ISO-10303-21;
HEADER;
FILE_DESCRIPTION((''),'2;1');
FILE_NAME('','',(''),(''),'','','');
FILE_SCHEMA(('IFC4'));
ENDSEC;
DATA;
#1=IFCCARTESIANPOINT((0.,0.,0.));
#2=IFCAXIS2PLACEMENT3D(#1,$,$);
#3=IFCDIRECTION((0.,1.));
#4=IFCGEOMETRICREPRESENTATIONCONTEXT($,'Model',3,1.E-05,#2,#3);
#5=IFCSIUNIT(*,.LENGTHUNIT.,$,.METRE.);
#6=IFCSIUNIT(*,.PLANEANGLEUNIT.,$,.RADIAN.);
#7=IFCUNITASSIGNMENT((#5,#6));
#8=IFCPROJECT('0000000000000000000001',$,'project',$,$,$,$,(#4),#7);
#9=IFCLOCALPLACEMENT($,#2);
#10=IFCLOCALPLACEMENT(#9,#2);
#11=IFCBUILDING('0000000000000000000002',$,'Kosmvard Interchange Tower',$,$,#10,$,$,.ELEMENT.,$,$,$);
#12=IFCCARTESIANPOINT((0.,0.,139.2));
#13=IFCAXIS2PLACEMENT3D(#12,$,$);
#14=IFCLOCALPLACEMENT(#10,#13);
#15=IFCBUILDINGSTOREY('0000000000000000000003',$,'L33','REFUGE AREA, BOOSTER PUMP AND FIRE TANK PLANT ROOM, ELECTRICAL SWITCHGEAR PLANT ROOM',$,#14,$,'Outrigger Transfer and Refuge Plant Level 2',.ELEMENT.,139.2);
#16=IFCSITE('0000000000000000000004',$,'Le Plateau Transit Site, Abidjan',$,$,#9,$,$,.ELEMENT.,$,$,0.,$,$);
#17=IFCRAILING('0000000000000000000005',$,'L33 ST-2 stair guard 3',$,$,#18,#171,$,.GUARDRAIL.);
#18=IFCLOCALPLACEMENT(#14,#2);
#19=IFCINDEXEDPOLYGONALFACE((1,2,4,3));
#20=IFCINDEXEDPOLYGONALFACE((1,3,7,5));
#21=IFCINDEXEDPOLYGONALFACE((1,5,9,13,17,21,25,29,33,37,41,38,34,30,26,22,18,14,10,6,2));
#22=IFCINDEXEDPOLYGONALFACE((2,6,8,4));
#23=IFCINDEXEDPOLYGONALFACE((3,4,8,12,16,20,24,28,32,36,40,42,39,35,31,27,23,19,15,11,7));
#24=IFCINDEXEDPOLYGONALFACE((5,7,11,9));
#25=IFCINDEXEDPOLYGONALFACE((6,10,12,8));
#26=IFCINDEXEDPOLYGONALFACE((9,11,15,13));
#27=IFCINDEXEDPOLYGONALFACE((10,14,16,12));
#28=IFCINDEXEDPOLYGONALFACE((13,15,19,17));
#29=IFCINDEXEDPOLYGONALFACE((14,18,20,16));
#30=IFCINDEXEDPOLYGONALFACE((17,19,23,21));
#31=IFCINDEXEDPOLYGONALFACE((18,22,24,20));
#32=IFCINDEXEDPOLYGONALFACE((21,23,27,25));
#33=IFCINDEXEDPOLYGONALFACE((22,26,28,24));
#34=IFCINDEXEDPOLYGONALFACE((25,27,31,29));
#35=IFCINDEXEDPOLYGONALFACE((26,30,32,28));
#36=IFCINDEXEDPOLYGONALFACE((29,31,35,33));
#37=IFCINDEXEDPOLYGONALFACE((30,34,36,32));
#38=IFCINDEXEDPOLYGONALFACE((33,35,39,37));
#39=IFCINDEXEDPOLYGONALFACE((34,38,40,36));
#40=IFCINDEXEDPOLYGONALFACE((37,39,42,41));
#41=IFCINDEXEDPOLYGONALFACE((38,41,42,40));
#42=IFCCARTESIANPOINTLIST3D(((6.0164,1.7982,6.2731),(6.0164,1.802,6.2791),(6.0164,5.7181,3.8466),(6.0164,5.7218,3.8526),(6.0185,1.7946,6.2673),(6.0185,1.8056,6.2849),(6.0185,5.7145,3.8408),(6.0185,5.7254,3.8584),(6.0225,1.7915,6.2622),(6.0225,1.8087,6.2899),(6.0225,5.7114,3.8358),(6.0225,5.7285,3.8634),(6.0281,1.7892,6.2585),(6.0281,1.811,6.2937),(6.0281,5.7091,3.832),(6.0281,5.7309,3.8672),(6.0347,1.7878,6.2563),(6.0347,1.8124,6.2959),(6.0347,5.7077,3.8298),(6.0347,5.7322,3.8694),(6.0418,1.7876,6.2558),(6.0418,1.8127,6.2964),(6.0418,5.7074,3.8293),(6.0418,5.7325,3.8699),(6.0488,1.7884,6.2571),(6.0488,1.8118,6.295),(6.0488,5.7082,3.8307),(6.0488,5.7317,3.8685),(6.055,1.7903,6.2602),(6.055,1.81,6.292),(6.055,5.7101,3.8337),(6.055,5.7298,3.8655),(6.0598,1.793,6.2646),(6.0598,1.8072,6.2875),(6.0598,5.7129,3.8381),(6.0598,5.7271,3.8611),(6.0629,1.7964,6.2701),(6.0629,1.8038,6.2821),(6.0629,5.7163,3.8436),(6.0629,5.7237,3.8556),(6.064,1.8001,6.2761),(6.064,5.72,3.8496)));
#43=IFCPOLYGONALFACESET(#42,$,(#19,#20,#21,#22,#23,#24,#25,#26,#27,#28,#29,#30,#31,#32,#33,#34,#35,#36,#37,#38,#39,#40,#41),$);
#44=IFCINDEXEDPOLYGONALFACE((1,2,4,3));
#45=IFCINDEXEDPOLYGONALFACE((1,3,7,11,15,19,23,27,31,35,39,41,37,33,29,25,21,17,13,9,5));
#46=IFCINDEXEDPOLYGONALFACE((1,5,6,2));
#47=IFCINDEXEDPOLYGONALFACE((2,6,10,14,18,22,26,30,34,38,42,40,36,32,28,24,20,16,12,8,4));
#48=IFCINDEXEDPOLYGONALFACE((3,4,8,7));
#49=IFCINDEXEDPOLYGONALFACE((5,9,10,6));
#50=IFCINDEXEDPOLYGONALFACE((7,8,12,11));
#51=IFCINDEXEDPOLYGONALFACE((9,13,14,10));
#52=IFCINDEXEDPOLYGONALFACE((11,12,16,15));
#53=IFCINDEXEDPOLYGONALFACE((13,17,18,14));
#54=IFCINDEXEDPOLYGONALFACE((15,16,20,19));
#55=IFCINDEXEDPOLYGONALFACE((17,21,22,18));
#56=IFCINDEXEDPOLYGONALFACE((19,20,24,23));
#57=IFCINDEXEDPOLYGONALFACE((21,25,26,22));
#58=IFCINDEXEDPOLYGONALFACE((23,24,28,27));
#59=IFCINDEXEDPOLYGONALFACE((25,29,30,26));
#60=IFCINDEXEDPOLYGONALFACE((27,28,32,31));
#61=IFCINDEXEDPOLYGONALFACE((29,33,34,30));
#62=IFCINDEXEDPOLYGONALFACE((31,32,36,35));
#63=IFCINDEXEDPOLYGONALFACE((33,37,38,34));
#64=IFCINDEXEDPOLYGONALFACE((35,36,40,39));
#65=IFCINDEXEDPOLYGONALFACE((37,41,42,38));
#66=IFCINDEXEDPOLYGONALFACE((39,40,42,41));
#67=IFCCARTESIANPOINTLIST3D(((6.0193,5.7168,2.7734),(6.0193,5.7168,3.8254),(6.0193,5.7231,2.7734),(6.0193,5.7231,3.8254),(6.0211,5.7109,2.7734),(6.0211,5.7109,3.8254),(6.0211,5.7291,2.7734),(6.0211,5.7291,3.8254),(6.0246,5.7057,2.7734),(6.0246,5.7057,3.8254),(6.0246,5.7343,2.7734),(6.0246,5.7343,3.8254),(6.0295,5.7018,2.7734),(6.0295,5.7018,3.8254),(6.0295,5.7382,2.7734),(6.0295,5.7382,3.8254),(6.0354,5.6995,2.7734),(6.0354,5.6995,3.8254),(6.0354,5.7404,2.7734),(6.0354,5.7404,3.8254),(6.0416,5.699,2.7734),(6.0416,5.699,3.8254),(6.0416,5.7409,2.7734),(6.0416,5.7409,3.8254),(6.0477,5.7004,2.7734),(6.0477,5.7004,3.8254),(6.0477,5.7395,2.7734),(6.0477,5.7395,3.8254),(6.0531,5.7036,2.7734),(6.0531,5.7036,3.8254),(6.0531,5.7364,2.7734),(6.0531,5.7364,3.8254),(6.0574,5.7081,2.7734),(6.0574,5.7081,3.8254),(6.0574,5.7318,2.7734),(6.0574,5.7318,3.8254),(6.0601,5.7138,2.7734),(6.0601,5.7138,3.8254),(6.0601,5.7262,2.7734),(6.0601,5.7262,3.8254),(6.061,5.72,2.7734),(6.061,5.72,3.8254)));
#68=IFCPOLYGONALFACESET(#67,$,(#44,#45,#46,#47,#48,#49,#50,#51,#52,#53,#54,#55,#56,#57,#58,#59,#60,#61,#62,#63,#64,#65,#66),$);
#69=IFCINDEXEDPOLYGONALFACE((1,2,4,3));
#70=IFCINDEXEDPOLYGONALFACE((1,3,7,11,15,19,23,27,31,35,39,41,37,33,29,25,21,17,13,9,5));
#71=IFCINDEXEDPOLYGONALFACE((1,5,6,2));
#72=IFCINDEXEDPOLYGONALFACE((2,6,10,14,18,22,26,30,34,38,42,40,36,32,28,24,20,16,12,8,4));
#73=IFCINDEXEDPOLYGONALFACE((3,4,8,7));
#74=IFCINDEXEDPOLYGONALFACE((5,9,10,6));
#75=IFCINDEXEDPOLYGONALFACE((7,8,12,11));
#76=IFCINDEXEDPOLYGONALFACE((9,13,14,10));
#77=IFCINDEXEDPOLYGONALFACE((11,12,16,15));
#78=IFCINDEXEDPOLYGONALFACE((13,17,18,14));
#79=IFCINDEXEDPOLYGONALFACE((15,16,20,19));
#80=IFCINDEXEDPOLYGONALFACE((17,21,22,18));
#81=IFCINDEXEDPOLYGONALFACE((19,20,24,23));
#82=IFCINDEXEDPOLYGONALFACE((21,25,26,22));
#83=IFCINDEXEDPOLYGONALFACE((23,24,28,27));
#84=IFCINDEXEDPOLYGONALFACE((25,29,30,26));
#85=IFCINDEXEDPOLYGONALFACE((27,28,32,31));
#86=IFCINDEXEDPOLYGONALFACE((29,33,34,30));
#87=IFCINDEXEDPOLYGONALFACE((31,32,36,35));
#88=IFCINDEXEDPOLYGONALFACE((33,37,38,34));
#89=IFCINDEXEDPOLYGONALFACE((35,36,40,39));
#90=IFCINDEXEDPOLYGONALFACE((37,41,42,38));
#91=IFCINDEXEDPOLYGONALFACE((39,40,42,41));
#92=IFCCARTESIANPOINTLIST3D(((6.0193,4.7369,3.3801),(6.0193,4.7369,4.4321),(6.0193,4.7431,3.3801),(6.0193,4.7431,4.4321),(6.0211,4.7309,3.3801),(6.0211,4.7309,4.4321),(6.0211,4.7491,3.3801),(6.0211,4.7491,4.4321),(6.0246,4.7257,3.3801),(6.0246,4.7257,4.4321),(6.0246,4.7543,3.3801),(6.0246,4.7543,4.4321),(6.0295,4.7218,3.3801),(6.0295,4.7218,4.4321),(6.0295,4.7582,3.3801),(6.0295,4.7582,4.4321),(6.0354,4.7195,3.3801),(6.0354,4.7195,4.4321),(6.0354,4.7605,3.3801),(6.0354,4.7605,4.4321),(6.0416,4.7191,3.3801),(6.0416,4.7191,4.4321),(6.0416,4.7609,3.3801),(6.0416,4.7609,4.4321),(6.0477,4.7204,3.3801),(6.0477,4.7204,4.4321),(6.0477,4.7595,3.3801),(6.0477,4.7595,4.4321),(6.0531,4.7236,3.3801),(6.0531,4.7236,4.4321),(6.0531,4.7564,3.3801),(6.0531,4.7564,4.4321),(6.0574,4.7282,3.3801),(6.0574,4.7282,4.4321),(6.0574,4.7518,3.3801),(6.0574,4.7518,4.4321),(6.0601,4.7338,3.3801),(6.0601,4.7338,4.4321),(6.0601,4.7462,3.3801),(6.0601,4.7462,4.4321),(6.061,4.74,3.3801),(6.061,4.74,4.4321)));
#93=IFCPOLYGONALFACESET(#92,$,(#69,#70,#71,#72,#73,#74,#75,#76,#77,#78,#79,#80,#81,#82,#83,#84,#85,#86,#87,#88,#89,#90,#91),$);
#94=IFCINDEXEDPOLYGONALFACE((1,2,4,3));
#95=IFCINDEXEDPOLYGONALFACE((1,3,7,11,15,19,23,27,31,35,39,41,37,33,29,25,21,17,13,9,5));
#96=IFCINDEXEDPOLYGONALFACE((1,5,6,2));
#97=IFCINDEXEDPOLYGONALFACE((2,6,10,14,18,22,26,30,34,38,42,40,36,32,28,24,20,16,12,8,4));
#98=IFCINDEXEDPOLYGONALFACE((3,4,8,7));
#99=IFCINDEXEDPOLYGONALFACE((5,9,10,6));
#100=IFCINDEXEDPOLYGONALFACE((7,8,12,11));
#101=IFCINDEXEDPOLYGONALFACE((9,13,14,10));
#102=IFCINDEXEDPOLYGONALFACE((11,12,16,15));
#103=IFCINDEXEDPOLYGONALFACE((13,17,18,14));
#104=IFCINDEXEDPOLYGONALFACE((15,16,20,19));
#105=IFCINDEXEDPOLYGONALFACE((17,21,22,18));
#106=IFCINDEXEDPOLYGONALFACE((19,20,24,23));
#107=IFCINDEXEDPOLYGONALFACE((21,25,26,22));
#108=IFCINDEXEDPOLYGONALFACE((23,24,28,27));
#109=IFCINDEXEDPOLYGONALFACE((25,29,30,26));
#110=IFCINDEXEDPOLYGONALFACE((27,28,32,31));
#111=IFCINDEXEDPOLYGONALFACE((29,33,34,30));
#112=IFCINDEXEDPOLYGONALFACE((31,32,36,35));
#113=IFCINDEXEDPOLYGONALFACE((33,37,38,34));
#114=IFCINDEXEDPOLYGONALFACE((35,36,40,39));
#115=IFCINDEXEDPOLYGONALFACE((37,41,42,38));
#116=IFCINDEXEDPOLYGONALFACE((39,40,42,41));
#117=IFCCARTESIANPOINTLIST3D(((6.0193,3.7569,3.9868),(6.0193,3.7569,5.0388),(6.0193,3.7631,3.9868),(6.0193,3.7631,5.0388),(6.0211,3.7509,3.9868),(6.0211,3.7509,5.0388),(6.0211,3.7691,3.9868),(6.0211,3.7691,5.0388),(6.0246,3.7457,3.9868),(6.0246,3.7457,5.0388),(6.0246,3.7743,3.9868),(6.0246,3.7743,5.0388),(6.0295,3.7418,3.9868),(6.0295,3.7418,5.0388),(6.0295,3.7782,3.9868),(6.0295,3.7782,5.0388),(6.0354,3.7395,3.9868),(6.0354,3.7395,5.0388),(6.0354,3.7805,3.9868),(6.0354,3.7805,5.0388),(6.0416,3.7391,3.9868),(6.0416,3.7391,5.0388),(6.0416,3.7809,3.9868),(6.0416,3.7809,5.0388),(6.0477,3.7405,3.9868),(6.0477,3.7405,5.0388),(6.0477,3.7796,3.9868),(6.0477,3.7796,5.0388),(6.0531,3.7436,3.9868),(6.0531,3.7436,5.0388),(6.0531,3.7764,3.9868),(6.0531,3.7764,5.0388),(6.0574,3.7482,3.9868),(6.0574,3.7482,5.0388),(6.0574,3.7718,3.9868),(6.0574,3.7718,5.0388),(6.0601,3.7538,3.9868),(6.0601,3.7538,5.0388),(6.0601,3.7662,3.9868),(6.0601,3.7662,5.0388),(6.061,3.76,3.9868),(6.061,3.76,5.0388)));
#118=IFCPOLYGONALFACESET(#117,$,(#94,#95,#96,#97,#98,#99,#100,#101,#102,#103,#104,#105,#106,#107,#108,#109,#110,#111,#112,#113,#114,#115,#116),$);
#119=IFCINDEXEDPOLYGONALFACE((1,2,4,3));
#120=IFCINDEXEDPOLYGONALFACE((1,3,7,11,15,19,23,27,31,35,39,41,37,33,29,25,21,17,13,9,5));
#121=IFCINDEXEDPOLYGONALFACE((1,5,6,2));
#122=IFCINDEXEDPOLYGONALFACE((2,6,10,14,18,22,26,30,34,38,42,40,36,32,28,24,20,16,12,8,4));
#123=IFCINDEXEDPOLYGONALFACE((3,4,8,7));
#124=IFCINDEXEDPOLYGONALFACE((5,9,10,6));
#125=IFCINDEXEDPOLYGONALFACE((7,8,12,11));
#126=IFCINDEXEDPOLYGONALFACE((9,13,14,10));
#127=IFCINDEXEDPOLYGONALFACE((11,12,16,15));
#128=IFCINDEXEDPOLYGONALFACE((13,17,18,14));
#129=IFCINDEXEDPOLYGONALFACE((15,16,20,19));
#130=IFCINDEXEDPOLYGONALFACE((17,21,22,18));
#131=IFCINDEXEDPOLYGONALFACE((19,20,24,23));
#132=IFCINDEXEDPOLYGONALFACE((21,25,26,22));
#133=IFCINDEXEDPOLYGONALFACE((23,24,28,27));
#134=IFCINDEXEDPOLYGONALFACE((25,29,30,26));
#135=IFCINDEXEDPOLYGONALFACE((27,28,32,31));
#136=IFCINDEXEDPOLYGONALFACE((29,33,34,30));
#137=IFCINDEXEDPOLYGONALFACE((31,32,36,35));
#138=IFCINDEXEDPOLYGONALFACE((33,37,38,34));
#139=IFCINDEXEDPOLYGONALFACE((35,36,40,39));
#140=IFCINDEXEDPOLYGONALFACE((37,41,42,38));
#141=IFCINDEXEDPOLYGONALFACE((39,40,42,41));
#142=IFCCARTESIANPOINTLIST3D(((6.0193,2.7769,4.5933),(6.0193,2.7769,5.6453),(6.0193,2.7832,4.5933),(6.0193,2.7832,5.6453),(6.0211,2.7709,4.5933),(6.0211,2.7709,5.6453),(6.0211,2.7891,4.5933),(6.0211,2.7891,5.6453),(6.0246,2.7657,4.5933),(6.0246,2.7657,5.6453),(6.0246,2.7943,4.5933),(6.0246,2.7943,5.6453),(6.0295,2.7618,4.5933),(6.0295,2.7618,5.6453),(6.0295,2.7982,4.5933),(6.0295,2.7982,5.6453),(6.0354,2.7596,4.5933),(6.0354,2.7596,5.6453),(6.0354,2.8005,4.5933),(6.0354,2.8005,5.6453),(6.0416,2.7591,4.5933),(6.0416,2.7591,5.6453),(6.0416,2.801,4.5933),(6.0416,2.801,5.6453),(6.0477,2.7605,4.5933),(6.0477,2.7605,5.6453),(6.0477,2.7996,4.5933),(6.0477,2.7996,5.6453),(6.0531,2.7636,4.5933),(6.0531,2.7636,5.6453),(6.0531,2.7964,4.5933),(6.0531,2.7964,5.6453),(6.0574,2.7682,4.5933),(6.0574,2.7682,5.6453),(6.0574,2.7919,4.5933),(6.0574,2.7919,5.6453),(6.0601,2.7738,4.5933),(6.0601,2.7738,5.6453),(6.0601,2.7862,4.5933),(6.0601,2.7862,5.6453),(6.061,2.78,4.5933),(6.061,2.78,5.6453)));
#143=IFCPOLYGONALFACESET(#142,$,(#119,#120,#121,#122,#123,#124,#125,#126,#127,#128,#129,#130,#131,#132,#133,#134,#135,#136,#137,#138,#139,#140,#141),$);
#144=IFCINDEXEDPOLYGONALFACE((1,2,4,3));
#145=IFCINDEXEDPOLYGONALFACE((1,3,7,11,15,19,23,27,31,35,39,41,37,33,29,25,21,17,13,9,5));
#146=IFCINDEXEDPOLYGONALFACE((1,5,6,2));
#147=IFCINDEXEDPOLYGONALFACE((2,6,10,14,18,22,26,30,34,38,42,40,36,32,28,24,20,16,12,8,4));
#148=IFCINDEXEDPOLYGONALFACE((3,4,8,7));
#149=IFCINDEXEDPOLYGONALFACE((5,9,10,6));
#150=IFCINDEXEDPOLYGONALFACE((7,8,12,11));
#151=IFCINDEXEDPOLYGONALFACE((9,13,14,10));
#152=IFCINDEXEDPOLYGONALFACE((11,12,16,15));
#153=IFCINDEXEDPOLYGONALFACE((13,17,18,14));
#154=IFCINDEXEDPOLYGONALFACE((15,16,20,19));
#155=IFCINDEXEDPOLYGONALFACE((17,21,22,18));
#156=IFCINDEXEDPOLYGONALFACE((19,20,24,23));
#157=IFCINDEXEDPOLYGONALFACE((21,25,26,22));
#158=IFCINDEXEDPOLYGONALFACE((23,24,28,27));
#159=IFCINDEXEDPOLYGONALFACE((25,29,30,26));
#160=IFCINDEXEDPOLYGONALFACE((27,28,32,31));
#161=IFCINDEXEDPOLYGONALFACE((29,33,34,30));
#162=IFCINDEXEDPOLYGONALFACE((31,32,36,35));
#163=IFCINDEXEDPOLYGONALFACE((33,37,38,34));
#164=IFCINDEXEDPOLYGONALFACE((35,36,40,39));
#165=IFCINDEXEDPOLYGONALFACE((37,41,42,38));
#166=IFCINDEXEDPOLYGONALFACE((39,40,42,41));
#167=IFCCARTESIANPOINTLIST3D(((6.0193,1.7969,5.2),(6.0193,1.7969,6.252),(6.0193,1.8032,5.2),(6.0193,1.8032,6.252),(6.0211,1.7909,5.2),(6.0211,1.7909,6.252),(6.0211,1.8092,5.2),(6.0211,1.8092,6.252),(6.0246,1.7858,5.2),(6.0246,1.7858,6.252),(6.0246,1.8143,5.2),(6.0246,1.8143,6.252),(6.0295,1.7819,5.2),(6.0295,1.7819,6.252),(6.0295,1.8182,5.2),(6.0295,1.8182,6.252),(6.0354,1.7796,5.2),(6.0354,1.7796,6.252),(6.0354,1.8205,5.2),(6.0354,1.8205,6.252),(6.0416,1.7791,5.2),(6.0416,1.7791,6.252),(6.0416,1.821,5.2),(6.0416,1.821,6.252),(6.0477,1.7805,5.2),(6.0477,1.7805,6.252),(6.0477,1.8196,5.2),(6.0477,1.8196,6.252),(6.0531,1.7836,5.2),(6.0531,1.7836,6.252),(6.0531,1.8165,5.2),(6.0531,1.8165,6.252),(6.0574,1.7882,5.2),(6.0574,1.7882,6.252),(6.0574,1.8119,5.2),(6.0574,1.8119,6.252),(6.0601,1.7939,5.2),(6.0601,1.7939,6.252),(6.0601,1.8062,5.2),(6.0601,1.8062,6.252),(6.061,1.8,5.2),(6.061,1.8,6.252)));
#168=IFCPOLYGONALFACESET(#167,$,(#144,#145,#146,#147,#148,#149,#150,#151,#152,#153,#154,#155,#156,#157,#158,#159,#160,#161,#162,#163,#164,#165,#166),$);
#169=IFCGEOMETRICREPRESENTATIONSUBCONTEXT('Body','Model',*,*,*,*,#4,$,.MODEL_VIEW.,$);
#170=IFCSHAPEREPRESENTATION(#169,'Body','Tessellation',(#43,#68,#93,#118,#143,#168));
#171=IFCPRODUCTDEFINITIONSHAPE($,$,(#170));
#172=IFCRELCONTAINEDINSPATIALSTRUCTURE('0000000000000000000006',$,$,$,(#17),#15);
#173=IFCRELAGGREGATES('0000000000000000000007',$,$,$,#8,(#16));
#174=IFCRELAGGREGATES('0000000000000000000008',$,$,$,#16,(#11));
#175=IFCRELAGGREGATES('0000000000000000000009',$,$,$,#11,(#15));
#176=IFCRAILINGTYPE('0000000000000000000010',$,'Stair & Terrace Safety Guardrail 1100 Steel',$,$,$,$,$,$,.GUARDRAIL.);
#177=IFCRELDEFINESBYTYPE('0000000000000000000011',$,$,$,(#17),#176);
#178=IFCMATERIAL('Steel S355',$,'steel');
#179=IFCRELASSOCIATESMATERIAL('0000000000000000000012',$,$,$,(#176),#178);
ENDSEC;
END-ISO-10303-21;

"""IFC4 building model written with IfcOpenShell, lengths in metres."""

from ifc_helpers import new_model, si_unit, direction, frame, origin, origin_2d, place, context, subcontext, project, spatial, circle, extrude, source, transform, mapped, material, type_object, element, save


model = new_model("IFC4")

# Units and contexts
model_context = context("Model", 3, precision=1e-05, world=origin(), true_north=direction((0.0, 1.0)))
body_context = subcontext(model_context, "Body", "Model", "MODEL_VIEW")
ifc_project = project(units=[si_unit("LENGTHUNIT", "METRE"), si_unit("PLANEANGLEUNIT", "RADIAN")], contexts=[model_context])

# Site, building, storey
site_placement = place(None, origin())
site = spatial("IfcSite", under=ifc_project, at=site_placement, Name="Le Plateau Transit Site, Abidjan", CompositionType="ELEMENT", RefElevation=0.0)
building_placement = place(site_placement, origin())
building = spatial("IfcBuilding", under=site, at=building_placement, Name="Kosmvard Interchange Tower", CompositionType="ELEMENT")
storey_placement = place(building_placement, frame((0.0, 0.0, 139.2)))
storey = spatial("IfcBuildingStorey", under=building, at=storey_placement, Name="L33", Description="REFUGE AREA, BOOSTER PUMP AND FIRE TANK PLANT ROOM, ELECTRICAL SWITCHGEAR PLANT ROOM", LongName="Outrigger Transfer and Refuge Plant Level 2", CompositionType="ELEMENT", Elevation=139.2)

# Railing
ifc_material_1 = material(Name="Steel S355", Category="steel")
railing_type_1 = type_object("IfcRailingType", Name="Stair & Terrace Safety Guardrail 1100 Steel", PredefinedType="GUARDRAIL", material=ifc_material_1)
shared_shape_1 = source(origin(), body_context, "Body", "SweptSolid", [
    extrude(circle(Radius=0.0239, at=origin_2d()), frame((0.0, 0.0, 1.0762), z_axis=(0.0, -0.850275, 0.526338), x_axis=(1.0, 0.0, 0.0)), (0.0, 0.0, 1.0), 4.6101),
    extrude(circle(Radius=0.021, at=origin_2d()), origin(), (0.0, 0.0, 1.0), 1.052),
    extrude(circle(Radius=0.021, at=origin_2d()), frame((0.0, -0.98, 0.6067)), (0.0, 0.0, 1.0), 1.052),
    extrude(circle(Radius=0.021, at=origin_2d()), frame((0.0, -1.96, 1.2134)), (0.0, 0.0, 1.0), 1.052),
    extrude(circle(Radius=0.021, at=origin_2d()), frame((0.0, -2.9399, 1.8198)), (0.0, 0.0, 1.0), 1.052),
    extrude(circle(Radius=0.021, at=origin_2d()), frame((0.0, -3.9199, 2.4265)), (0.0, 0.0, 1.0), 1.052),
])
railing_1_placement = place(storey_placement, frame((6.04, 5.72, 2.7734)))
element("IfcRailing", 1, at=railing_1_placement, inside=storey, type_object=railing_type_1, Name="L33 ST-2 stair guard 3", PredefinedType="GUARDRAIL", context=body_context, shape_type="MappedRepresentation", body=[
    mapped(shared_shape_1, transform((0.0, 0.0, 0.0), scale=1.0)),
])

save(model, "model.ifc")
